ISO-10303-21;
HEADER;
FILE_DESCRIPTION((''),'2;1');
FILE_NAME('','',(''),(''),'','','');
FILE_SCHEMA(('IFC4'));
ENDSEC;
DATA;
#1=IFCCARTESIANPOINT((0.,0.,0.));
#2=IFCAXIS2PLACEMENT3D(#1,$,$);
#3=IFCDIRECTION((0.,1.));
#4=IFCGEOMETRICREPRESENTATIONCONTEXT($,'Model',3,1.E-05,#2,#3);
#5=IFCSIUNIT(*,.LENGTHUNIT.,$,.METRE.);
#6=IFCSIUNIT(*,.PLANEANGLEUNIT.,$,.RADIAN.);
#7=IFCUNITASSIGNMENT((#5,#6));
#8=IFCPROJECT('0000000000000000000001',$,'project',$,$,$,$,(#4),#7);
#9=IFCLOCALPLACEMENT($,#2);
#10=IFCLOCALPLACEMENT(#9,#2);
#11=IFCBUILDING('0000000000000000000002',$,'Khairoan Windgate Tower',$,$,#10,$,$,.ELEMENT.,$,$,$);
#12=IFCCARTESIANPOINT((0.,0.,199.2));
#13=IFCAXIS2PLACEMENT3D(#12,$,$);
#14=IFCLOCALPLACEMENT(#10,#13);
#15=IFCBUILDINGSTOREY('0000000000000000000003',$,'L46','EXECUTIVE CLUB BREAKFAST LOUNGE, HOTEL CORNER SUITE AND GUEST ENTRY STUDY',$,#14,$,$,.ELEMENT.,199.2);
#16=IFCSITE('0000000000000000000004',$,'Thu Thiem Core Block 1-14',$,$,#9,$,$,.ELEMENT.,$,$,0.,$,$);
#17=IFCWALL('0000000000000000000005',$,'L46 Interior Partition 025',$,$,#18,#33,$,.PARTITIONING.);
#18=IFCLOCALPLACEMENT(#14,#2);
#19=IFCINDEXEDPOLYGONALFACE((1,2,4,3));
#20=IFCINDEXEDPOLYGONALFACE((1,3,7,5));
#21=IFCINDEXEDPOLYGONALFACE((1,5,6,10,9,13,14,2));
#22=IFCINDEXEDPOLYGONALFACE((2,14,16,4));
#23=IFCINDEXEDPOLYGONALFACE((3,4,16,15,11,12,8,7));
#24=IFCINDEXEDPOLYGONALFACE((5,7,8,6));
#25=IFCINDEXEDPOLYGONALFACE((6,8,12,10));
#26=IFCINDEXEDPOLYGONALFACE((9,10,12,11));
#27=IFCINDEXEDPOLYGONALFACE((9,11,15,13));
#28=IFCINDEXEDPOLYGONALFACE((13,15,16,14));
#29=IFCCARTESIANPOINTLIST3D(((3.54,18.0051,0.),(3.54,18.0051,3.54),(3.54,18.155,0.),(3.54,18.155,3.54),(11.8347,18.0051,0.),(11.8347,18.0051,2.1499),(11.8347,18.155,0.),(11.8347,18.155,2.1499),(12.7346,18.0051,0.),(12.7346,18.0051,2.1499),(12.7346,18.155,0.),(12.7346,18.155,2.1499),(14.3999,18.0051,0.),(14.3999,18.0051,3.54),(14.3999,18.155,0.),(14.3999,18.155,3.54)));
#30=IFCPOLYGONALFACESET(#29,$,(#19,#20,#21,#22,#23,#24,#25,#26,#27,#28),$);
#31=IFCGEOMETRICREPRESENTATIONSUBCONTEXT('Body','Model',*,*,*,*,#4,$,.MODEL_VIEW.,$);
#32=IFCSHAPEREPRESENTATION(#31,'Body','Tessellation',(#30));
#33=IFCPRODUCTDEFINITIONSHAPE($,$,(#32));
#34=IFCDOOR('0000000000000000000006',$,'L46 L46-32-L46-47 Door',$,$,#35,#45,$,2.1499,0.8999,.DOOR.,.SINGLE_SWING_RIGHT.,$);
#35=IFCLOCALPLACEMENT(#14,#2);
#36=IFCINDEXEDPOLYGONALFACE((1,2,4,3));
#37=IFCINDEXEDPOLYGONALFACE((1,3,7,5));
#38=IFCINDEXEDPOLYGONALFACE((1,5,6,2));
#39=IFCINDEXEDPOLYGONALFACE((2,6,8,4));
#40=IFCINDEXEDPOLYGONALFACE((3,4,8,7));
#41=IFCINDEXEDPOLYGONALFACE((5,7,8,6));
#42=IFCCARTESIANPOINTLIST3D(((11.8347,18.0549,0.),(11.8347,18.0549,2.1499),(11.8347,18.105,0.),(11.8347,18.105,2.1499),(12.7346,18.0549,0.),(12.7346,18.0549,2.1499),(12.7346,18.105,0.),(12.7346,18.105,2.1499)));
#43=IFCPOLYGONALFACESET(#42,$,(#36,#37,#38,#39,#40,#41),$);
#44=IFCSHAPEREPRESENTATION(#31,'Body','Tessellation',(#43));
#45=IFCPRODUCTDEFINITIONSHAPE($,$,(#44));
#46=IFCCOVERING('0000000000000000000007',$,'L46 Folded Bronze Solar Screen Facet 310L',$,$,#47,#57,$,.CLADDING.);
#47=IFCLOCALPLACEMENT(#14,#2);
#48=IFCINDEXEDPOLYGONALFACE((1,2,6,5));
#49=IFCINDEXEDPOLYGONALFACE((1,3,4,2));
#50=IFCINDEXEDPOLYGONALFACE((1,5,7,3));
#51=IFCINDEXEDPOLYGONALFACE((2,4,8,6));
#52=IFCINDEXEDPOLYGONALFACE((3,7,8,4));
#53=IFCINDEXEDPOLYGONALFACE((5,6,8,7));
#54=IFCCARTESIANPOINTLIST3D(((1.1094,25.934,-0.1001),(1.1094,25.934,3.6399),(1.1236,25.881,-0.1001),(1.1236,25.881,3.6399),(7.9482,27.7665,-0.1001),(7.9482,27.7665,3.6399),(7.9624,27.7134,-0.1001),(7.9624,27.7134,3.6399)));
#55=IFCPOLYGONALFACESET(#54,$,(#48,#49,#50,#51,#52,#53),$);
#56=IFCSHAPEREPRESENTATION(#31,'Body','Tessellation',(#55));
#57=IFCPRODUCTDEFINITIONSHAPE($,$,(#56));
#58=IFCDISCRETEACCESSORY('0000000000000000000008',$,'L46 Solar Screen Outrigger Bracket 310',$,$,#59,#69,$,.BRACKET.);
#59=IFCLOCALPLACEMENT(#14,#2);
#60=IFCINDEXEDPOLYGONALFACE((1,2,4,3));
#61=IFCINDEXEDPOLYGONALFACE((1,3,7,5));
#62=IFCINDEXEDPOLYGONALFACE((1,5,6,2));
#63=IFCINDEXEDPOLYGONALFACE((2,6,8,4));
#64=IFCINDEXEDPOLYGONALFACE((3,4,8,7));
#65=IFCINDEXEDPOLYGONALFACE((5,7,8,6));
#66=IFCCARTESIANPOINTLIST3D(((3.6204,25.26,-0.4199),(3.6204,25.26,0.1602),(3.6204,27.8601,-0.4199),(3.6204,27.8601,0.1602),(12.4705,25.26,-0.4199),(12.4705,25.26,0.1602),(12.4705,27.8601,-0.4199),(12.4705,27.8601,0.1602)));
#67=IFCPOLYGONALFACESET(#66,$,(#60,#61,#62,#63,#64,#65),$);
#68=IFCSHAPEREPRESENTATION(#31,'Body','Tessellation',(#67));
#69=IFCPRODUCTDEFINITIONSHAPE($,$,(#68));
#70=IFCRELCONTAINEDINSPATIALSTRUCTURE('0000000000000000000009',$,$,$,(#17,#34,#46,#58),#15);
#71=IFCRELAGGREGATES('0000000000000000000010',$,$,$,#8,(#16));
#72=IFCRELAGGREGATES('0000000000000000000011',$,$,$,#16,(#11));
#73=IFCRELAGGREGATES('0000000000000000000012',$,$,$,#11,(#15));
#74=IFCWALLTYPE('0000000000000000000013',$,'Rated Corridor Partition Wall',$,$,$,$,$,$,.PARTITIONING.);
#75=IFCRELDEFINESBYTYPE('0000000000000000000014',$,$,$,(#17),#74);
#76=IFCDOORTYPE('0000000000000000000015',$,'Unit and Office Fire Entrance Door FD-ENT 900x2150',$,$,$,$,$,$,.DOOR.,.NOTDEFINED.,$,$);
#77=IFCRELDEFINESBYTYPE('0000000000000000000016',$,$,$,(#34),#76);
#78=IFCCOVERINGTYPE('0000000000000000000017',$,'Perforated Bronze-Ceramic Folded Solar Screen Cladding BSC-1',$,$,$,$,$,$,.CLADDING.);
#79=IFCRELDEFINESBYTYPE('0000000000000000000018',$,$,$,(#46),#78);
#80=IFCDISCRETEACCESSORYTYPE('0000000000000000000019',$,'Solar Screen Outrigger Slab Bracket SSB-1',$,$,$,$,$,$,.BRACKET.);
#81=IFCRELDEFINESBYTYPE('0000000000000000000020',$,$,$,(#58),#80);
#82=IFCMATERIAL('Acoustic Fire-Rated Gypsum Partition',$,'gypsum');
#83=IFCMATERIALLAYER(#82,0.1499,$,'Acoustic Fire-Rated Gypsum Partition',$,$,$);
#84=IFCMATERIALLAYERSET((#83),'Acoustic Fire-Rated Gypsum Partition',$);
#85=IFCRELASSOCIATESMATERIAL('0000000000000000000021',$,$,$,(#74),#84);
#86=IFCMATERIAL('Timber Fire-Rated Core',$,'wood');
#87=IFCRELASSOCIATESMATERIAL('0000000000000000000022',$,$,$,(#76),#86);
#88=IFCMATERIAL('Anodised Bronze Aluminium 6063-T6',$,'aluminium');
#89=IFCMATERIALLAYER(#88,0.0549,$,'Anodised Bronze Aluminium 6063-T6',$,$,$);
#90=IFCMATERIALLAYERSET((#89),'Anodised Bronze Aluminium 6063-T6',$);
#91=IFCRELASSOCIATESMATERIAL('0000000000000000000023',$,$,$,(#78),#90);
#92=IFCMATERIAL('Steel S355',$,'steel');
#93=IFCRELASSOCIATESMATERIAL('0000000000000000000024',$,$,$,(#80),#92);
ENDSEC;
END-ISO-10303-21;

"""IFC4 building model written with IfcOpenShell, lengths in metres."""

from ifc_helpers import new_model, si_unit, direction, frame, frame_2d, origin, origin_2d, place, context, subcontext, project, spatial, rectangle, extrude, material, layer, layer_set, type_object, element, fill, save


model = new_model("IFC4")

# Units and contexts
model_context = context("Model", 3, precision=1e-05, world=origin(), true_north=direction((0.0, 1.0)))
body_context = subcontext(model_context, "Body", "Model", "MODEL_VIEW")
ifc_project = project(units=[si_unit("LENGTHUNIT", "METRE"), si_unit("PLANEANGLEUNIT", "RADIAN")], contexts=[model_context])

# Site, building, storey
site_placement = place(None, origin())
site = spatial("IfcSite", under=ifc_project, at=site_placement, Name="Thu Thiem Core Block 1-14", CompositionType="ELEMENT", RefElevation=0.0)
building_placement = place(site_placement, origin())
building = spatial("IfcBuilding", under=site, at=building_placement, Name="Khairoan Windgate Tower", CompositionType="ELEMENT")
storey_placement = place(building_placement, frame((0.0, 0.0, 199.2)))
storey = spatial("IfcBuildingStorey", under=building, at=storey_placement, Name="L46", Description="EXECUTIVE CLUB BREAKFAST LOUNGE, HOTEL CORNER SUITE AND GUEST ENTRY STUDY", CompositionType="ELEMENT", Elevation=199.2)

# Shared definitions
ifc_material_1 = material(Name="Acoustic Fire-Rated Gypsum Partition", Category="gypsum")
ifc_layer_1 = layer(ifc_material_1, 0.1499, Name="Acoustic Fire-Rated Gypsum Partition")
ifc_layer_set_1 = layer_set([ifc_layer_1], Name="Acoustic Fire-Rated Gypsum Partition")
wall_type_1 = type_object("IfcWallType", Name="Rated Corridor Partition Wall", PredefinedType="PARTITIONING", material=ifc_layer_set_1)

# Wall, opening, door
wall_1_placement = place(storey_placement, frame((3.54, 18.0801, 0.0), z_axis=(0.0, 0.0, 1.0), x_axis=(1.0, 0.0, 0.0)))
wall_1 = element("IfcWall", 1, at=wall_1_placement, inside=storey, type_object=wall_type_1, Name="L46 Interior Partition 025", PredefinedType="PARTITIONING", context=body_context, shape_type="SweptSolid", body=[
    extrude(rectangle(XDim=10.8599, YDim=0.1499, at=frame_2d((5.4299, 0.0))), origin(), (0.0, 0.0, 1.0), 3.54),
])
opening_1_placement = place(wall_1_placement, frame((8.2947, 0.0, 0.0)))
opening_1 = element("IfcOpeningElement", 2, at=opening_1_placement, cuts=wall_1, PredefinedType="OPENING", context=body_context, shape_type="SweptSolid", body=[
    extrude(rectangle(XDim=0.8999, YDim=2.1499, at=frame_2d((0.45, 1.075))), frame((0.0, 0.085, 0.0), z_axis=(0.0, -1.0, 0.0), x_axis=(1.0, 0.0, 0.0)), (0.0, 0.0, 1.0), 0.1699),
])
ifc_material_2 = material(Name="Timber Fire-Rated Core", Category="wood")
door_type_1 = type_object("IfcDoorType", Name="Unit and Office Fire Entrance Door FD-ENT 900x2150", OperationType="NOTDEFINED", PredefinedType="DOOR", material=ifc_material_2)
door_1_placement = place(opening_1_placement, origin())
door_1 = element("IfcDoor", 3, at=door_1_placement, inside=storey, type_object=door_type_1, Name="L46 L46-32-L46-47 Door", OperationType="SINGLE_SWING_RIGHT", OverallHeight=2.1499, OverallWidth=0.8999, PredefinedType="DOOR", context=body_context, shape_type="SweptSolid", body=[
    extrude(rectangle(XDim=0.8999, YDim=2.1499, at=frame_2d((0.45, 1.075))), frame((0.0, 0.0249, 0.0), z_axis=(0.0, -1.0, 0.0), x_axis=(1.0, 0.0, 0.0)), (0.0, 0.0, 1.0), 0.05),
])
fill(opening_1, door_1)

# Covering
ifc_material_3 = material(Name="Anodised Bronze Aluminium 6063-T6", Category="aluminium")
ifc_layer_2 = layer(ifc_material_3, 0.0549, Name="Anodised Bronze Aluminium 6063-T6")
ifc_layer_set_2 = layer_set([ifc_layer_2], Name="Anodised Bronze Aluminium 6063-T6")
covering_type = type_object("IfcCoveringType", Name="Perforated Bronze-Ceramic Folded Solar Screen Cladding BSC-1", PredefinedType="CLADDING", material=ifc_layer_set_2)
covering_placement = place(storey_placement, frame((4.5359, 26.8237, -0.1001), z_axis=(0.0, 0.0, 1.0), x_axis=(0.965926, 0.258819, 0.0)))
element("IfcCovering", 4, at=covering_placement, inside=storey, type_object=covering_type, Name="L46 Folded Bronze Solar Screen Facet 310L", PredefinedType="CLADDING", context=body_context, shape_type="SweptSolid", body=[
    extrude(rectangle(XDim=7.0801, YDim=0.0549, at=origin_2d()), origin(), (0.0, 0.0, 1.0), 3.74),
])

# Discrete accessory
ifc_material_4 = material(Name="Steel S355", Category="steel")
discrete_accessory_type = type_object("IfcDiscreteAccessoryType", Name="Solar Screen Outrigger Slab Bracket SSB-1", PredefinedType="BRACKET", material=ifc_material_4)
discrete_accessory_placement = place(storey_placement, frame((8.0454, 26.5601, -0.4199), z_axis=(0.0, 0.0, 1.0), x_axis=(1.0, 0.0, 0.0)))
element("IfcDiscreteAccessory", 5, at=discrete_accessory_placement, inside=storey, type_object=discrete_accessory_type, Name="L46 Solar Screen Outrigger Bracket 310", PredefinedType="BRACKET", context=body_context, shape_type="SweptSolid", body=[
    extrude(rectangle(XDim=8.8501, YDim=2.6001, at=origin_2d()), origin(), (0.0, 0.0, 1.0), 0.5801),
])

save(model, "model.ifc")
